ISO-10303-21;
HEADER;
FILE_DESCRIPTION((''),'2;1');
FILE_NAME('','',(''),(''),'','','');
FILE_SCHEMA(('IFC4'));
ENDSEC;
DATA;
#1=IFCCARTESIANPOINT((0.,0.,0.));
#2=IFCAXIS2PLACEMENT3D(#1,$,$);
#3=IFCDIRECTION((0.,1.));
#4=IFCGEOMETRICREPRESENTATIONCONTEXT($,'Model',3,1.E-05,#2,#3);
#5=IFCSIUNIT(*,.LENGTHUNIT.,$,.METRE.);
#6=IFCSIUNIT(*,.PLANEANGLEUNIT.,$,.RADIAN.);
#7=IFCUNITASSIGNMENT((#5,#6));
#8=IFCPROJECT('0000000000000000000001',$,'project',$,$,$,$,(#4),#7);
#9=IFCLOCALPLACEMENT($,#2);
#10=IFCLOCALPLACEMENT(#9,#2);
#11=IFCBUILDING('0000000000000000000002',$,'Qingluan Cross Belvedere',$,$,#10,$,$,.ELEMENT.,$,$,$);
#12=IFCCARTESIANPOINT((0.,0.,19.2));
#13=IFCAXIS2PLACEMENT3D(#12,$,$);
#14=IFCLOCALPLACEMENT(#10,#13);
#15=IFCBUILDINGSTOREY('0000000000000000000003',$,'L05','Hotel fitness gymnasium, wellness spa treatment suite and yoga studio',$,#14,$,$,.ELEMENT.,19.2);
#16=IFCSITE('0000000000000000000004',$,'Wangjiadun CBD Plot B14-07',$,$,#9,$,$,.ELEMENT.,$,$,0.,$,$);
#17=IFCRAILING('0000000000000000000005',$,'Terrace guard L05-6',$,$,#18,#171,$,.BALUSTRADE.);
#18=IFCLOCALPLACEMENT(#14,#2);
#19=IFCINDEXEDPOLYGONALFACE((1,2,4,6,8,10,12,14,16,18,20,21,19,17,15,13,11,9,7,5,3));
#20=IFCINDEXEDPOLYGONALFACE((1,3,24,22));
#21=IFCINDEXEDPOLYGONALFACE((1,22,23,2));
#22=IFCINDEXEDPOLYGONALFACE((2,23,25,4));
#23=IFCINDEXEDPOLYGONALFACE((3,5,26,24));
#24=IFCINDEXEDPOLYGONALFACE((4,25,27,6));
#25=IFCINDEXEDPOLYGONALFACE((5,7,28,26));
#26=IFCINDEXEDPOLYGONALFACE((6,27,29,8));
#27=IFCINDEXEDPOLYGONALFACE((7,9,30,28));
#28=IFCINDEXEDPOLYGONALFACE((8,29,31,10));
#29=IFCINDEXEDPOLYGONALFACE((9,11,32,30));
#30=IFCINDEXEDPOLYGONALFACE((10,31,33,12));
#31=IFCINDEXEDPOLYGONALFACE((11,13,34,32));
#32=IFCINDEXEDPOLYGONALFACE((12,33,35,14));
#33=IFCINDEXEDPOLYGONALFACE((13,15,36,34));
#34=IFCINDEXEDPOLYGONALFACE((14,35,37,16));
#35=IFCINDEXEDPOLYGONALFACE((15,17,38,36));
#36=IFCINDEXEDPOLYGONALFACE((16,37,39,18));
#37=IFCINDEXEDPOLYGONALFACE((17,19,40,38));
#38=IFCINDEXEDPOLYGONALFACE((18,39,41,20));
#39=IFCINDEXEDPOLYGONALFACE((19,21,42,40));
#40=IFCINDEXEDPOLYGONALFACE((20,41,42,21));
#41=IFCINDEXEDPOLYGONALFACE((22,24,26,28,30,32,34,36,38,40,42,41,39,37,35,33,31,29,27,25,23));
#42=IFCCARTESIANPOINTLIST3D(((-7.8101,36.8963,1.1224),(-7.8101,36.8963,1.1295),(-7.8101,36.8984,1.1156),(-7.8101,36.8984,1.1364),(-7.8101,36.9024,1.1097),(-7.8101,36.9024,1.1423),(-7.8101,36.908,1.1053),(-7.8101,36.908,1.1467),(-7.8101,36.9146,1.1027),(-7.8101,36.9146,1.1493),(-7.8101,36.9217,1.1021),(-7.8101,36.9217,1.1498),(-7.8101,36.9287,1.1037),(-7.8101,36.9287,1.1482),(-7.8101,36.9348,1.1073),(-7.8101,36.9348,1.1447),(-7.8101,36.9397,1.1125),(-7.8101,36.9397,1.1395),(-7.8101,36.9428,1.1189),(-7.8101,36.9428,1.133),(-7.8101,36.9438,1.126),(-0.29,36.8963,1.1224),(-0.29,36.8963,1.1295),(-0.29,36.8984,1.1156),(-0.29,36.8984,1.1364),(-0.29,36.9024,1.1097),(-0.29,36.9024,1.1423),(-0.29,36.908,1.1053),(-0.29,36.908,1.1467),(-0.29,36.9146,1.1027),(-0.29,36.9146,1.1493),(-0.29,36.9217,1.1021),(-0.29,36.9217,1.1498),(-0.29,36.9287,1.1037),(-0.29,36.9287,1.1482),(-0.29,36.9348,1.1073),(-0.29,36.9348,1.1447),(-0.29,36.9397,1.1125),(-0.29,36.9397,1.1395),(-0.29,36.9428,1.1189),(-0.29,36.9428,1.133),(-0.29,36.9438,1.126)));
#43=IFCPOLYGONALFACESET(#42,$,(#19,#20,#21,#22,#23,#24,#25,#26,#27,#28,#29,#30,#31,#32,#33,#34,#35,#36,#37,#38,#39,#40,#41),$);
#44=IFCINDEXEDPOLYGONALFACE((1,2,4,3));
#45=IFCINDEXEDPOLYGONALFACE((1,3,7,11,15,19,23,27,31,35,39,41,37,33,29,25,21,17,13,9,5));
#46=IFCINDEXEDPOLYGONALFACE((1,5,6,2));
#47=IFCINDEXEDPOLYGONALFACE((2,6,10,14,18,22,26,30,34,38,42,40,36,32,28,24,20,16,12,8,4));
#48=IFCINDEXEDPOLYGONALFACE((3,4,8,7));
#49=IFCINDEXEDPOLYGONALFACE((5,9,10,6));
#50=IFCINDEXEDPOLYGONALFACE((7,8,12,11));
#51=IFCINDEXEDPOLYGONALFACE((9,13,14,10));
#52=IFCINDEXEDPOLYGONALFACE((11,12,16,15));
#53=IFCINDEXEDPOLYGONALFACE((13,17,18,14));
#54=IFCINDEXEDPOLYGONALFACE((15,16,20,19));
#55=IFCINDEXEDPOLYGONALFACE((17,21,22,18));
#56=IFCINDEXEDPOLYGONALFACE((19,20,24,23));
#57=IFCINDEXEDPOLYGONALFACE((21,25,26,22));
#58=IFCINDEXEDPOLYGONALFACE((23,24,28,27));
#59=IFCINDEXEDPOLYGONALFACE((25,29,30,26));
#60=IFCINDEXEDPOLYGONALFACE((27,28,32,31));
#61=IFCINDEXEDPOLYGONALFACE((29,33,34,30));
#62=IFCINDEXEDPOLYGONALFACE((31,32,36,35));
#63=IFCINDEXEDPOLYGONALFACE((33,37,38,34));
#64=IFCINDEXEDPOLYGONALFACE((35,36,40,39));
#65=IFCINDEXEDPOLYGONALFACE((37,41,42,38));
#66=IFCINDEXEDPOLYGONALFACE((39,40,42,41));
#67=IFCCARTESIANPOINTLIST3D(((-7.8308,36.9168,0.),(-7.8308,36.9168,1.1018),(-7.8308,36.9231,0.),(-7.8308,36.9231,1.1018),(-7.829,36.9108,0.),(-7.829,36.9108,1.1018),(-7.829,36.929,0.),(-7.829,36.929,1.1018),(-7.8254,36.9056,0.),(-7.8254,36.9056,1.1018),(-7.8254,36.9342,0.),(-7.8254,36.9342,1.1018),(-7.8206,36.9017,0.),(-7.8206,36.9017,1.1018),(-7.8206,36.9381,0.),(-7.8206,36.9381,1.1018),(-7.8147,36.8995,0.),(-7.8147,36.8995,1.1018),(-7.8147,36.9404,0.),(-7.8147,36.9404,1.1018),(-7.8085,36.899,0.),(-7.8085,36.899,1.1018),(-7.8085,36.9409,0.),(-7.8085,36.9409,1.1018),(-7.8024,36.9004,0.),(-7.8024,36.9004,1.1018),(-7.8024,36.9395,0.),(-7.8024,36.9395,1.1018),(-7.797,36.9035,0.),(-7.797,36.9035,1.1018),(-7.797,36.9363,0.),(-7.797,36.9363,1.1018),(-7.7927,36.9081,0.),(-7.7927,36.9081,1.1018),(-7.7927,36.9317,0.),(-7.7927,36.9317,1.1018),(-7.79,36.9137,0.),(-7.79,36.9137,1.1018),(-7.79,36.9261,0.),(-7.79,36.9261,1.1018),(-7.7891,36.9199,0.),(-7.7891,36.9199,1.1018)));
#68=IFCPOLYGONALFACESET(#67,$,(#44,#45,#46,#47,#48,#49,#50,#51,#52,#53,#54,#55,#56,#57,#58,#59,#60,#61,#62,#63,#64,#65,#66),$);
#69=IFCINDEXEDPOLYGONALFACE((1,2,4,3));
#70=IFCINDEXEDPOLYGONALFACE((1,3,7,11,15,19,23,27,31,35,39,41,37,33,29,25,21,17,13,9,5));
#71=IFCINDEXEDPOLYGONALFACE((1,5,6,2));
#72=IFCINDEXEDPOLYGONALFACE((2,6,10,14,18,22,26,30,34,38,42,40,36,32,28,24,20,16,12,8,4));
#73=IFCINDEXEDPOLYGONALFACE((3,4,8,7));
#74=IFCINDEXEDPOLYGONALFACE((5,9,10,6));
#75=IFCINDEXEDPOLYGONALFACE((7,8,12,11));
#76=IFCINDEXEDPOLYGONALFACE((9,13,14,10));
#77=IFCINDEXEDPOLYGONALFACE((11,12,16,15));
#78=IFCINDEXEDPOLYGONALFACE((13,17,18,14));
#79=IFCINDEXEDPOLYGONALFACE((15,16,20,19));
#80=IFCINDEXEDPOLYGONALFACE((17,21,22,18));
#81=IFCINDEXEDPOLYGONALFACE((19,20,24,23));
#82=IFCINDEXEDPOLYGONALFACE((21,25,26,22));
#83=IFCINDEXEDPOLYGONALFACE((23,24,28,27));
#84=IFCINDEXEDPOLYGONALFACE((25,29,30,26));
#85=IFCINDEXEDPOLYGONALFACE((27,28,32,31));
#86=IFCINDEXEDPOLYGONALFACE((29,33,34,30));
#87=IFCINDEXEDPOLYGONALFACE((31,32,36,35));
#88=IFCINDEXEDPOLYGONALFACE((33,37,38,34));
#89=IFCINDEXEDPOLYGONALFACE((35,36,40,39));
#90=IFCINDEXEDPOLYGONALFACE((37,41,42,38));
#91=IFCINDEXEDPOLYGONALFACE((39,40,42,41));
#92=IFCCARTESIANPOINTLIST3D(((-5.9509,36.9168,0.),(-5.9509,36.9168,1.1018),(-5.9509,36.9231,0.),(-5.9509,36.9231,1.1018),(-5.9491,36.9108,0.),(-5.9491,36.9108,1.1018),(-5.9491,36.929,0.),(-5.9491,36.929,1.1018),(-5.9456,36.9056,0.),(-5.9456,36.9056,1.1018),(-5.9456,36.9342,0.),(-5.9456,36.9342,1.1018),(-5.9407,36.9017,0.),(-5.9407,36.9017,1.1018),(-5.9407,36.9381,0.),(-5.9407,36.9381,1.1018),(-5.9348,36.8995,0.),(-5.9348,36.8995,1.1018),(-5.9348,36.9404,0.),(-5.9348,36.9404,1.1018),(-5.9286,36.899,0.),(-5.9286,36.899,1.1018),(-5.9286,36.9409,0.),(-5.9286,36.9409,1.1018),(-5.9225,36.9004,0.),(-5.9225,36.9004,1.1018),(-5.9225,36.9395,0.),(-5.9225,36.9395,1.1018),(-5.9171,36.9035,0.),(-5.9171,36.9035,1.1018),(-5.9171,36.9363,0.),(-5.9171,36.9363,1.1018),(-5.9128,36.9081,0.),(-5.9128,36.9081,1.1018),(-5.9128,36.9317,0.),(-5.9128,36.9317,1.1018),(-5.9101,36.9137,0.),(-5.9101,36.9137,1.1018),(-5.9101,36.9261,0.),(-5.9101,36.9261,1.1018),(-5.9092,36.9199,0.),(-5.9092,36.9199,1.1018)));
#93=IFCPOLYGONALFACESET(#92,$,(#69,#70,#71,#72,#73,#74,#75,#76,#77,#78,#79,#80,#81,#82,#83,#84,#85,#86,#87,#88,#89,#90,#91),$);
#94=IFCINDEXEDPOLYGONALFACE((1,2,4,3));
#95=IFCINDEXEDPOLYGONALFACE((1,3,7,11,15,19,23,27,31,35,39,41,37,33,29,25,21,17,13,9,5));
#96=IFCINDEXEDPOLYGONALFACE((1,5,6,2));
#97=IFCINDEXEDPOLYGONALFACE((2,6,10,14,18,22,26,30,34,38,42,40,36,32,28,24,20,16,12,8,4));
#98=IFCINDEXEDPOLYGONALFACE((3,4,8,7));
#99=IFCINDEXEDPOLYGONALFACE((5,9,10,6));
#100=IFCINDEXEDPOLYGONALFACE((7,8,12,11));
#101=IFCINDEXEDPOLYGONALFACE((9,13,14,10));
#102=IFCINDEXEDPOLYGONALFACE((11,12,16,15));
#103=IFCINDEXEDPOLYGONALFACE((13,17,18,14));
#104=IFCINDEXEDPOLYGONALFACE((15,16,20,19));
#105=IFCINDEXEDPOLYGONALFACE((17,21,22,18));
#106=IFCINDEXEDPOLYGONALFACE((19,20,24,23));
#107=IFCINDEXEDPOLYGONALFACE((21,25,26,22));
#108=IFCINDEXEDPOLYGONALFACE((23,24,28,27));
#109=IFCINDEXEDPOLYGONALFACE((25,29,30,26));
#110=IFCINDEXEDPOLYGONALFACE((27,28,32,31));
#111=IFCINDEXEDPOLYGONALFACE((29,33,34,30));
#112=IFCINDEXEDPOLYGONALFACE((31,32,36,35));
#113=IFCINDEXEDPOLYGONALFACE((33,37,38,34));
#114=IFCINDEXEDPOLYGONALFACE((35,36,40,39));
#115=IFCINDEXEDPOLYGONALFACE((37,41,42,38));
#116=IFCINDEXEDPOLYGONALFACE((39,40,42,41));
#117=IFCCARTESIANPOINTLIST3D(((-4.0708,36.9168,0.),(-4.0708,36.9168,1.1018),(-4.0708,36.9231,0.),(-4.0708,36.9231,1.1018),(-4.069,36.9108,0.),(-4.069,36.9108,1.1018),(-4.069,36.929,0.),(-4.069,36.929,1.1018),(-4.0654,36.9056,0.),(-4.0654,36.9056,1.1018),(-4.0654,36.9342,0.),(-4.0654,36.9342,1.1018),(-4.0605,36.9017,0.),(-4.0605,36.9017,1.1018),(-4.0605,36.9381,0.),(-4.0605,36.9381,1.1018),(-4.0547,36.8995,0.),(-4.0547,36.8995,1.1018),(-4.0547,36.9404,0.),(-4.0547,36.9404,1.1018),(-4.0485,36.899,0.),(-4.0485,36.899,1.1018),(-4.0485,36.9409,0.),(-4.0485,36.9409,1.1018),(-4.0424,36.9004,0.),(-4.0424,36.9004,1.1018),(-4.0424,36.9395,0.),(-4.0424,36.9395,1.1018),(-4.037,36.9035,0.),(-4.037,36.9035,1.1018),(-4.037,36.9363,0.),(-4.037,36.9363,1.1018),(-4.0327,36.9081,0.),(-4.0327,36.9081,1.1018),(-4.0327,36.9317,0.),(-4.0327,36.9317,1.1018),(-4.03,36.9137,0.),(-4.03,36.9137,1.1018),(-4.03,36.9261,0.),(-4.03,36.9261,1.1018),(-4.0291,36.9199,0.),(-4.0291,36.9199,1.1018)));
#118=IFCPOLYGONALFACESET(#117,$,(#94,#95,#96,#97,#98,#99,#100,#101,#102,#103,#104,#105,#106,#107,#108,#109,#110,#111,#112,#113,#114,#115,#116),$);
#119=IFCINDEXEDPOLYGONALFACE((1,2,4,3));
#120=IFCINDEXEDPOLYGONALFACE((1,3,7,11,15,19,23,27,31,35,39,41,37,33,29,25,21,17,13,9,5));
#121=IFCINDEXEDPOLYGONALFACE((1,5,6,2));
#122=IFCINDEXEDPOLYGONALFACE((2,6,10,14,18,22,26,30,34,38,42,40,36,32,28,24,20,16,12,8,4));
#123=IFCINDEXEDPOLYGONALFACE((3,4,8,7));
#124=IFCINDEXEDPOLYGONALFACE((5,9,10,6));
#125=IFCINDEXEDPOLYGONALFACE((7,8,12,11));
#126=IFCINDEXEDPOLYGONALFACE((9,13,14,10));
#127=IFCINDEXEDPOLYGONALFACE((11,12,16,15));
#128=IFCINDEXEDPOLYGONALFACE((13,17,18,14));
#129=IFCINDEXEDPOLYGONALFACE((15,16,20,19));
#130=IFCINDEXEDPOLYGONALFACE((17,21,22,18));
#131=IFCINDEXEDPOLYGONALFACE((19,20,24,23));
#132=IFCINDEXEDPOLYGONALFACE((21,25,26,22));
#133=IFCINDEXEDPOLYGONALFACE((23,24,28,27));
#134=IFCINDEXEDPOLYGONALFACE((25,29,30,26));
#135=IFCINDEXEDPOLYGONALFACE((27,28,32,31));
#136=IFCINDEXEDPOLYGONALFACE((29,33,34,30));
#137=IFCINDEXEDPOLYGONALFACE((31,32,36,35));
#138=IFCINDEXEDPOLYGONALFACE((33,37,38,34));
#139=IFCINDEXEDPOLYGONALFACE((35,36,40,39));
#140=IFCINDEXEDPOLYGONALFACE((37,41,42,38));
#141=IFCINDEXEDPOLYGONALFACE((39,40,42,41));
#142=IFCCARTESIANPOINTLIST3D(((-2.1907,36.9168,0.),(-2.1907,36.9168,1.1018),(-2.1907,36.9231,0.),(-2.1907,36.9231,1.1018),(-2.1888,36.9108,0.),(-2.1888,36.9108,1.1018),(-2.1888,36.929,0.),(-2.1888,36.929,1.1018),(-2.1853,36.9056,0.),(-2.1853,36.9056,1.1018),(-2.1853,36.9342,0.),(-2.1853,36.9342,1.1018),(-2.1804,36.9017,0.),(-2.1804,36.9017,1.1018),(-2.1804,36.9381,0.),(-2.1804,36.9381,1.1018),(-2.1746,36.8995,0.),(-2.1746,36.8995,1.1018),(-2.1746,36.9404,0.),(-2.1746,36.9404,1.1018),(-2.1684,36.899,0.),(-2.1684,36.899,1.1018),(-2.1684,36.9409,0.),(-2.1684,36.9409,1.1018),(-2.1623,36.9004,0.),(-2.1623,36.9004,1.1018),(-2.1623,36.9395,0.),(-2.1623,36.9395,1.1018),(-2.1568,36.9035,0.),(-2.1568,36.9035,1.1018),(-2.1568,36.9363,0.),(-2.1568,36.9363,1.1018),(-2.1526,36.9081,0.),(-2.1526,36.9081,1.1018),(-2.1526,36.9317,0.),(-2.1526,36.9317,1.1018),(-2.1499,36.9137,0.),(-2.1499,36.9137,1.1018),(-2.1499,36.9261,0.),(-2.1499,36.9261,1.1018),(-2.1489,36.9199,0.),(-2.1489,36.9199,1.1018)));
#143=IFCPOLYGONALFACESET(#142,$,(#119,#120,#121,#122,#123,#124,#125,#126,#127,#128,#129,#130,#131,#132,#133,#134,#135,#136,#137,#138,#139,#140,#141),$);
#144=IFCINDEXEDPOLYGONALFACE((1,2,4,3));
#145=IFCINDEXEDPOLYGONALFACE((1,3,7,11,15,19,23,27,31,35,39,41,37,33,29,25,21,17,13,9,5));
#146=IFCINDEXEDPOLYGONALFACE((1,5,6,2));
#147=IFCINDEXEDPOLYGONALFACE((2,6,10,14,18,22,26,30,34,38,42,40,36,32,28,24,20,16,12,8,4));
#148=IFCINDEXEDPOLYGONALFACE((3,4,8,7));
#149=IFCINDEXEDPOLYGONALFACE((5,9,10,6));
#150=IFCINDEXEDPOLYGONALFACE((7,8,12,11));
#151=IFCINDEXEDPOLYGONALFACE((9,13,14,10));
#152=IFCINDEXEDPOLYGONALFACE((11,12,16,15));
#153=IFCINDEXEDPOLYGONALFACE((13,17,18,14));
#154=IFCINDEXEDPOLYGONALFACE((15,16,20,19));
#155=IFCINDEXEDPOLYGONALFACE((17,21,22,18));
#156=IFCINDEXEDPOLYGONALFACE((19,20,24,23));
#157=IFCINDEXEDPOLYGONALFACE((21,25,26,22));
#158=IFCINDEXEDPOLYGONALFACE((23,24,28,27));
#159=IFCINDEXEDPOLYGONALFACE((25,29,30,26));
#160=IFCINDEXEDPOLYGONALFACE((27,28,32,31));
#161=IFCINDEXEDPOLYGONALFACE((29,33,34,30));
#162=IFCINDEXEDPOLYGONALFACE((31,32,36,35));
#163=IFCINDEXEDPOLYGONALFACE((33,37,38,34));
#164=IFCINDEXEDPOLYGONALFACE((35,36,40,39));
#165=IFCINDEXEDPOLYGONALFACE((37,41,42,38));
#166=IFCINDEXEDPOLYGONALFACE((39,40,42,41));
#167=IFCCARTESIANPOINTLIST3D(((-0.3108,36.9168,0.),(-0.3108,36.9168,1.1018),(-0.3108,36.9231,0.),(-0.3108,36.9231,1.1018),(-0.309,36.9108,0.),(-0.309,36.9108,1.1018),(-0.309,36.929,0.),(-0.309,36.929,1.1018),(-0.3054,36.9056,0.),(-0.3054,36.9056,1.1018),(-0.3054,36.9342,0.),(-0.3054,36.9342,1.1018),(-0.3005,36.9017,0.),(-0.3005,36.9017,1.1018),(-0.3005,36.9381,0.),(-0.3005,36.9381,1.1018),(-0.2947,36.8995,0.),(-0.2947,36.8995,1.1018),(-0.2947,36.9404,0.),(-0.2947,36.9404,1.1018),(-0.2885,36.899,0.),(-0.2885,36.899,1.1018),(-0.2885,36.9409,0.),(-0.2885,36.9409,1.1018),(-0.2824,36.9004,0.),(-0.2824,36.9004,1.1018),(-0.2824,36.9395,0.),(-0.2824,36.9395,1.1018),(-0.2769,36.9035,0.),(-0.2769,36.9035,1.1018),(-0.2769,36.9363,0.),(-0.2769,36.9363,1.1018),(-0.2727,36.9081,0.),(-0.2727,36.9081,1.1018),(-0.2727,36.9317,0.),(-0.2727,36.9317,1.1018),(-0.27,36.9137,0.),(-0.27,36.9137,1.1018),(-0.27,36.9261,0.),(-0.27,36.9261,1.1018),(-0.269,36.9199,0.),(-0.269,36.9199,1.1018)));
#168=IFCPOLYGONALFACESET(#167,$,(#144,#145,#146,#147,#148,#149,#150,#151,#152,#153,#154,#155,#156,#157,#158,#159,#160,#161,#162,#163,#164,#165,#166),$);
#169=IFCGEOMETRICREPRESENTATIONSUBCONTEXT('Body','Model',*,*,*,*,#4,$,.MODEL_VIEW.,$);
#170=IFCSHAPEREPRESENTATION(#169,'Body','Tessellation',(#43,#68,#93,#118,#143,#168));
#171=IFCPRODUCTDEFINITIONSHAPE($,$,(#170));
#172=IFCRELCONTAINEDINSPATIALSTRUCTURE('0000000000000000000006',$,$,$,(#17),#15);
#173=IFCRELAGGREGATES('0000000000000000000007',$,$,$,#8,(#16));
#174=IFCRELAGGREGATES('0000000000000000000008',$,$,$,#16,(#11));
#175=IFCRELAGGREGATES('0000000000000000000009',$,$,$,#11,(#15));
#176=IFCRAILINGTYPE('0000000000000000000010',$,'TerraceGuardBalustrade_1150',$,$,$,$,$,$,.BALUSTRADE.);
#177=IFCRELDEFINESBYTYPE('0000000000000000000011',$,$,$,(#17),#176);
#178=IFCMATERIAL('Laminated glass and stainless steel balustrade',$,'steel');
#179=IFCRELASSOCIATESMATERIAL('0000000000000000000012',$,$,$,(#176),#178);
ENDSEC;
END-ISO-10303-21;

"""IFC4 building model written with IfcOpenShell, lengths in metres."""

from ifc_helpers import new_model, si_unit, direction, frame, origin, origin_2d, place, context, subcontext, project, spatial, circle, extrude, material, type_object, element, save


model = new_model("IFC4")

# Units and contexts
model_context = context("Model", 3, precision=1e-05, world=origin(), true_north=direction((0.0, 1.0)))
body_context = subcontext(model_context, "Body", "Model", "MODEL_VIEW")
ifc_project = project(units=[si_unit("LENGTHUNIT", "METRE"), si_unit("PLANEANGLEUNIT", "RADIAN")], contexts=[model_context])

# Site, building, storey
site_placement = place(None, origin())
site = spatial("IfcSite", under=ifc_project, at=site_placement, Name="Wangjiadun CBD Plot B14-07", CompositionType="ELEMENT", RefElevation=0.0)
building_placement = place(site_placement, origin())
building = spatial("IfcBuilding", under=site, at=building_placement, Name="Qingluan Cross Belvedere", CompositionType="ELEMENT")
storey_placement = place(building_placement, frame((0.0, 0.0, 19.2)))
storey = spatial("IfcBuildingStorey", under=building, at=storey_placement, Name="L05", Description="Hotel fitness gymnasium, wellness spa treatment suite and yoga studio", CompositionType="ELEMENT", Elevation=19.2)

# Railing
ifc_material_1 = material(Name="Laminated glass and stainless steel balustrade", Category="steel")
railing_type = type_object("IfcRailingType", Name="TerraceGuardBalustrade_1150", PredefinedType="BALUSTRADE", material=ifc_material_1)
railing_placement = place(storey_placement, frame((-7.8101, 36.9199, 0.0)))
element("IfcRailing", 1, at=railing_placement, inside=storey, type_object=railing_type, Name="Terrace guard L05-6", PredefinedType="BALUSTRADE", context=body_context, shape_type="SweptSolid", body=[
    extrude(circle(Radius=0.0239, at=origin_2d()), frame((0.0, 0.0, 1.126), z_axis=(1.0, 0.0, 0.0), x_axis=(0.0, 1.0, 0.0)), (0.0, 0.0, 1.0), 7.52),
    extrude(circle(Radius=0.021, at=origin_2d()), origin(), (0.0, 0.0, 1.0), 1.1018),
    extrude(circle(Radius=0.021, at=origin_2d()), frame((1.8799, 0.0, 0.0)), (0.0, 0.0, 1.0), 1.1018),
    extrude(circle(Radius=0.021, at=origin_2d()), frame((3.76, 0.0, 0.0)), (0.0, 0.0, 1.0), 1.1018),
    extrude(circle(Radius=0.021, at=origin_2d()), frame((5.6401, 0.0, 0.0)), (0.0, 0.0, 1.0), 1.1018),
    extrude(circle(Radius=0.021, at=origin_2d()), frame((7.52, 0.0, 0.0)), (0.0, 0.0, 1.0), 1.1018),
])

save(model, "model.ifc")
